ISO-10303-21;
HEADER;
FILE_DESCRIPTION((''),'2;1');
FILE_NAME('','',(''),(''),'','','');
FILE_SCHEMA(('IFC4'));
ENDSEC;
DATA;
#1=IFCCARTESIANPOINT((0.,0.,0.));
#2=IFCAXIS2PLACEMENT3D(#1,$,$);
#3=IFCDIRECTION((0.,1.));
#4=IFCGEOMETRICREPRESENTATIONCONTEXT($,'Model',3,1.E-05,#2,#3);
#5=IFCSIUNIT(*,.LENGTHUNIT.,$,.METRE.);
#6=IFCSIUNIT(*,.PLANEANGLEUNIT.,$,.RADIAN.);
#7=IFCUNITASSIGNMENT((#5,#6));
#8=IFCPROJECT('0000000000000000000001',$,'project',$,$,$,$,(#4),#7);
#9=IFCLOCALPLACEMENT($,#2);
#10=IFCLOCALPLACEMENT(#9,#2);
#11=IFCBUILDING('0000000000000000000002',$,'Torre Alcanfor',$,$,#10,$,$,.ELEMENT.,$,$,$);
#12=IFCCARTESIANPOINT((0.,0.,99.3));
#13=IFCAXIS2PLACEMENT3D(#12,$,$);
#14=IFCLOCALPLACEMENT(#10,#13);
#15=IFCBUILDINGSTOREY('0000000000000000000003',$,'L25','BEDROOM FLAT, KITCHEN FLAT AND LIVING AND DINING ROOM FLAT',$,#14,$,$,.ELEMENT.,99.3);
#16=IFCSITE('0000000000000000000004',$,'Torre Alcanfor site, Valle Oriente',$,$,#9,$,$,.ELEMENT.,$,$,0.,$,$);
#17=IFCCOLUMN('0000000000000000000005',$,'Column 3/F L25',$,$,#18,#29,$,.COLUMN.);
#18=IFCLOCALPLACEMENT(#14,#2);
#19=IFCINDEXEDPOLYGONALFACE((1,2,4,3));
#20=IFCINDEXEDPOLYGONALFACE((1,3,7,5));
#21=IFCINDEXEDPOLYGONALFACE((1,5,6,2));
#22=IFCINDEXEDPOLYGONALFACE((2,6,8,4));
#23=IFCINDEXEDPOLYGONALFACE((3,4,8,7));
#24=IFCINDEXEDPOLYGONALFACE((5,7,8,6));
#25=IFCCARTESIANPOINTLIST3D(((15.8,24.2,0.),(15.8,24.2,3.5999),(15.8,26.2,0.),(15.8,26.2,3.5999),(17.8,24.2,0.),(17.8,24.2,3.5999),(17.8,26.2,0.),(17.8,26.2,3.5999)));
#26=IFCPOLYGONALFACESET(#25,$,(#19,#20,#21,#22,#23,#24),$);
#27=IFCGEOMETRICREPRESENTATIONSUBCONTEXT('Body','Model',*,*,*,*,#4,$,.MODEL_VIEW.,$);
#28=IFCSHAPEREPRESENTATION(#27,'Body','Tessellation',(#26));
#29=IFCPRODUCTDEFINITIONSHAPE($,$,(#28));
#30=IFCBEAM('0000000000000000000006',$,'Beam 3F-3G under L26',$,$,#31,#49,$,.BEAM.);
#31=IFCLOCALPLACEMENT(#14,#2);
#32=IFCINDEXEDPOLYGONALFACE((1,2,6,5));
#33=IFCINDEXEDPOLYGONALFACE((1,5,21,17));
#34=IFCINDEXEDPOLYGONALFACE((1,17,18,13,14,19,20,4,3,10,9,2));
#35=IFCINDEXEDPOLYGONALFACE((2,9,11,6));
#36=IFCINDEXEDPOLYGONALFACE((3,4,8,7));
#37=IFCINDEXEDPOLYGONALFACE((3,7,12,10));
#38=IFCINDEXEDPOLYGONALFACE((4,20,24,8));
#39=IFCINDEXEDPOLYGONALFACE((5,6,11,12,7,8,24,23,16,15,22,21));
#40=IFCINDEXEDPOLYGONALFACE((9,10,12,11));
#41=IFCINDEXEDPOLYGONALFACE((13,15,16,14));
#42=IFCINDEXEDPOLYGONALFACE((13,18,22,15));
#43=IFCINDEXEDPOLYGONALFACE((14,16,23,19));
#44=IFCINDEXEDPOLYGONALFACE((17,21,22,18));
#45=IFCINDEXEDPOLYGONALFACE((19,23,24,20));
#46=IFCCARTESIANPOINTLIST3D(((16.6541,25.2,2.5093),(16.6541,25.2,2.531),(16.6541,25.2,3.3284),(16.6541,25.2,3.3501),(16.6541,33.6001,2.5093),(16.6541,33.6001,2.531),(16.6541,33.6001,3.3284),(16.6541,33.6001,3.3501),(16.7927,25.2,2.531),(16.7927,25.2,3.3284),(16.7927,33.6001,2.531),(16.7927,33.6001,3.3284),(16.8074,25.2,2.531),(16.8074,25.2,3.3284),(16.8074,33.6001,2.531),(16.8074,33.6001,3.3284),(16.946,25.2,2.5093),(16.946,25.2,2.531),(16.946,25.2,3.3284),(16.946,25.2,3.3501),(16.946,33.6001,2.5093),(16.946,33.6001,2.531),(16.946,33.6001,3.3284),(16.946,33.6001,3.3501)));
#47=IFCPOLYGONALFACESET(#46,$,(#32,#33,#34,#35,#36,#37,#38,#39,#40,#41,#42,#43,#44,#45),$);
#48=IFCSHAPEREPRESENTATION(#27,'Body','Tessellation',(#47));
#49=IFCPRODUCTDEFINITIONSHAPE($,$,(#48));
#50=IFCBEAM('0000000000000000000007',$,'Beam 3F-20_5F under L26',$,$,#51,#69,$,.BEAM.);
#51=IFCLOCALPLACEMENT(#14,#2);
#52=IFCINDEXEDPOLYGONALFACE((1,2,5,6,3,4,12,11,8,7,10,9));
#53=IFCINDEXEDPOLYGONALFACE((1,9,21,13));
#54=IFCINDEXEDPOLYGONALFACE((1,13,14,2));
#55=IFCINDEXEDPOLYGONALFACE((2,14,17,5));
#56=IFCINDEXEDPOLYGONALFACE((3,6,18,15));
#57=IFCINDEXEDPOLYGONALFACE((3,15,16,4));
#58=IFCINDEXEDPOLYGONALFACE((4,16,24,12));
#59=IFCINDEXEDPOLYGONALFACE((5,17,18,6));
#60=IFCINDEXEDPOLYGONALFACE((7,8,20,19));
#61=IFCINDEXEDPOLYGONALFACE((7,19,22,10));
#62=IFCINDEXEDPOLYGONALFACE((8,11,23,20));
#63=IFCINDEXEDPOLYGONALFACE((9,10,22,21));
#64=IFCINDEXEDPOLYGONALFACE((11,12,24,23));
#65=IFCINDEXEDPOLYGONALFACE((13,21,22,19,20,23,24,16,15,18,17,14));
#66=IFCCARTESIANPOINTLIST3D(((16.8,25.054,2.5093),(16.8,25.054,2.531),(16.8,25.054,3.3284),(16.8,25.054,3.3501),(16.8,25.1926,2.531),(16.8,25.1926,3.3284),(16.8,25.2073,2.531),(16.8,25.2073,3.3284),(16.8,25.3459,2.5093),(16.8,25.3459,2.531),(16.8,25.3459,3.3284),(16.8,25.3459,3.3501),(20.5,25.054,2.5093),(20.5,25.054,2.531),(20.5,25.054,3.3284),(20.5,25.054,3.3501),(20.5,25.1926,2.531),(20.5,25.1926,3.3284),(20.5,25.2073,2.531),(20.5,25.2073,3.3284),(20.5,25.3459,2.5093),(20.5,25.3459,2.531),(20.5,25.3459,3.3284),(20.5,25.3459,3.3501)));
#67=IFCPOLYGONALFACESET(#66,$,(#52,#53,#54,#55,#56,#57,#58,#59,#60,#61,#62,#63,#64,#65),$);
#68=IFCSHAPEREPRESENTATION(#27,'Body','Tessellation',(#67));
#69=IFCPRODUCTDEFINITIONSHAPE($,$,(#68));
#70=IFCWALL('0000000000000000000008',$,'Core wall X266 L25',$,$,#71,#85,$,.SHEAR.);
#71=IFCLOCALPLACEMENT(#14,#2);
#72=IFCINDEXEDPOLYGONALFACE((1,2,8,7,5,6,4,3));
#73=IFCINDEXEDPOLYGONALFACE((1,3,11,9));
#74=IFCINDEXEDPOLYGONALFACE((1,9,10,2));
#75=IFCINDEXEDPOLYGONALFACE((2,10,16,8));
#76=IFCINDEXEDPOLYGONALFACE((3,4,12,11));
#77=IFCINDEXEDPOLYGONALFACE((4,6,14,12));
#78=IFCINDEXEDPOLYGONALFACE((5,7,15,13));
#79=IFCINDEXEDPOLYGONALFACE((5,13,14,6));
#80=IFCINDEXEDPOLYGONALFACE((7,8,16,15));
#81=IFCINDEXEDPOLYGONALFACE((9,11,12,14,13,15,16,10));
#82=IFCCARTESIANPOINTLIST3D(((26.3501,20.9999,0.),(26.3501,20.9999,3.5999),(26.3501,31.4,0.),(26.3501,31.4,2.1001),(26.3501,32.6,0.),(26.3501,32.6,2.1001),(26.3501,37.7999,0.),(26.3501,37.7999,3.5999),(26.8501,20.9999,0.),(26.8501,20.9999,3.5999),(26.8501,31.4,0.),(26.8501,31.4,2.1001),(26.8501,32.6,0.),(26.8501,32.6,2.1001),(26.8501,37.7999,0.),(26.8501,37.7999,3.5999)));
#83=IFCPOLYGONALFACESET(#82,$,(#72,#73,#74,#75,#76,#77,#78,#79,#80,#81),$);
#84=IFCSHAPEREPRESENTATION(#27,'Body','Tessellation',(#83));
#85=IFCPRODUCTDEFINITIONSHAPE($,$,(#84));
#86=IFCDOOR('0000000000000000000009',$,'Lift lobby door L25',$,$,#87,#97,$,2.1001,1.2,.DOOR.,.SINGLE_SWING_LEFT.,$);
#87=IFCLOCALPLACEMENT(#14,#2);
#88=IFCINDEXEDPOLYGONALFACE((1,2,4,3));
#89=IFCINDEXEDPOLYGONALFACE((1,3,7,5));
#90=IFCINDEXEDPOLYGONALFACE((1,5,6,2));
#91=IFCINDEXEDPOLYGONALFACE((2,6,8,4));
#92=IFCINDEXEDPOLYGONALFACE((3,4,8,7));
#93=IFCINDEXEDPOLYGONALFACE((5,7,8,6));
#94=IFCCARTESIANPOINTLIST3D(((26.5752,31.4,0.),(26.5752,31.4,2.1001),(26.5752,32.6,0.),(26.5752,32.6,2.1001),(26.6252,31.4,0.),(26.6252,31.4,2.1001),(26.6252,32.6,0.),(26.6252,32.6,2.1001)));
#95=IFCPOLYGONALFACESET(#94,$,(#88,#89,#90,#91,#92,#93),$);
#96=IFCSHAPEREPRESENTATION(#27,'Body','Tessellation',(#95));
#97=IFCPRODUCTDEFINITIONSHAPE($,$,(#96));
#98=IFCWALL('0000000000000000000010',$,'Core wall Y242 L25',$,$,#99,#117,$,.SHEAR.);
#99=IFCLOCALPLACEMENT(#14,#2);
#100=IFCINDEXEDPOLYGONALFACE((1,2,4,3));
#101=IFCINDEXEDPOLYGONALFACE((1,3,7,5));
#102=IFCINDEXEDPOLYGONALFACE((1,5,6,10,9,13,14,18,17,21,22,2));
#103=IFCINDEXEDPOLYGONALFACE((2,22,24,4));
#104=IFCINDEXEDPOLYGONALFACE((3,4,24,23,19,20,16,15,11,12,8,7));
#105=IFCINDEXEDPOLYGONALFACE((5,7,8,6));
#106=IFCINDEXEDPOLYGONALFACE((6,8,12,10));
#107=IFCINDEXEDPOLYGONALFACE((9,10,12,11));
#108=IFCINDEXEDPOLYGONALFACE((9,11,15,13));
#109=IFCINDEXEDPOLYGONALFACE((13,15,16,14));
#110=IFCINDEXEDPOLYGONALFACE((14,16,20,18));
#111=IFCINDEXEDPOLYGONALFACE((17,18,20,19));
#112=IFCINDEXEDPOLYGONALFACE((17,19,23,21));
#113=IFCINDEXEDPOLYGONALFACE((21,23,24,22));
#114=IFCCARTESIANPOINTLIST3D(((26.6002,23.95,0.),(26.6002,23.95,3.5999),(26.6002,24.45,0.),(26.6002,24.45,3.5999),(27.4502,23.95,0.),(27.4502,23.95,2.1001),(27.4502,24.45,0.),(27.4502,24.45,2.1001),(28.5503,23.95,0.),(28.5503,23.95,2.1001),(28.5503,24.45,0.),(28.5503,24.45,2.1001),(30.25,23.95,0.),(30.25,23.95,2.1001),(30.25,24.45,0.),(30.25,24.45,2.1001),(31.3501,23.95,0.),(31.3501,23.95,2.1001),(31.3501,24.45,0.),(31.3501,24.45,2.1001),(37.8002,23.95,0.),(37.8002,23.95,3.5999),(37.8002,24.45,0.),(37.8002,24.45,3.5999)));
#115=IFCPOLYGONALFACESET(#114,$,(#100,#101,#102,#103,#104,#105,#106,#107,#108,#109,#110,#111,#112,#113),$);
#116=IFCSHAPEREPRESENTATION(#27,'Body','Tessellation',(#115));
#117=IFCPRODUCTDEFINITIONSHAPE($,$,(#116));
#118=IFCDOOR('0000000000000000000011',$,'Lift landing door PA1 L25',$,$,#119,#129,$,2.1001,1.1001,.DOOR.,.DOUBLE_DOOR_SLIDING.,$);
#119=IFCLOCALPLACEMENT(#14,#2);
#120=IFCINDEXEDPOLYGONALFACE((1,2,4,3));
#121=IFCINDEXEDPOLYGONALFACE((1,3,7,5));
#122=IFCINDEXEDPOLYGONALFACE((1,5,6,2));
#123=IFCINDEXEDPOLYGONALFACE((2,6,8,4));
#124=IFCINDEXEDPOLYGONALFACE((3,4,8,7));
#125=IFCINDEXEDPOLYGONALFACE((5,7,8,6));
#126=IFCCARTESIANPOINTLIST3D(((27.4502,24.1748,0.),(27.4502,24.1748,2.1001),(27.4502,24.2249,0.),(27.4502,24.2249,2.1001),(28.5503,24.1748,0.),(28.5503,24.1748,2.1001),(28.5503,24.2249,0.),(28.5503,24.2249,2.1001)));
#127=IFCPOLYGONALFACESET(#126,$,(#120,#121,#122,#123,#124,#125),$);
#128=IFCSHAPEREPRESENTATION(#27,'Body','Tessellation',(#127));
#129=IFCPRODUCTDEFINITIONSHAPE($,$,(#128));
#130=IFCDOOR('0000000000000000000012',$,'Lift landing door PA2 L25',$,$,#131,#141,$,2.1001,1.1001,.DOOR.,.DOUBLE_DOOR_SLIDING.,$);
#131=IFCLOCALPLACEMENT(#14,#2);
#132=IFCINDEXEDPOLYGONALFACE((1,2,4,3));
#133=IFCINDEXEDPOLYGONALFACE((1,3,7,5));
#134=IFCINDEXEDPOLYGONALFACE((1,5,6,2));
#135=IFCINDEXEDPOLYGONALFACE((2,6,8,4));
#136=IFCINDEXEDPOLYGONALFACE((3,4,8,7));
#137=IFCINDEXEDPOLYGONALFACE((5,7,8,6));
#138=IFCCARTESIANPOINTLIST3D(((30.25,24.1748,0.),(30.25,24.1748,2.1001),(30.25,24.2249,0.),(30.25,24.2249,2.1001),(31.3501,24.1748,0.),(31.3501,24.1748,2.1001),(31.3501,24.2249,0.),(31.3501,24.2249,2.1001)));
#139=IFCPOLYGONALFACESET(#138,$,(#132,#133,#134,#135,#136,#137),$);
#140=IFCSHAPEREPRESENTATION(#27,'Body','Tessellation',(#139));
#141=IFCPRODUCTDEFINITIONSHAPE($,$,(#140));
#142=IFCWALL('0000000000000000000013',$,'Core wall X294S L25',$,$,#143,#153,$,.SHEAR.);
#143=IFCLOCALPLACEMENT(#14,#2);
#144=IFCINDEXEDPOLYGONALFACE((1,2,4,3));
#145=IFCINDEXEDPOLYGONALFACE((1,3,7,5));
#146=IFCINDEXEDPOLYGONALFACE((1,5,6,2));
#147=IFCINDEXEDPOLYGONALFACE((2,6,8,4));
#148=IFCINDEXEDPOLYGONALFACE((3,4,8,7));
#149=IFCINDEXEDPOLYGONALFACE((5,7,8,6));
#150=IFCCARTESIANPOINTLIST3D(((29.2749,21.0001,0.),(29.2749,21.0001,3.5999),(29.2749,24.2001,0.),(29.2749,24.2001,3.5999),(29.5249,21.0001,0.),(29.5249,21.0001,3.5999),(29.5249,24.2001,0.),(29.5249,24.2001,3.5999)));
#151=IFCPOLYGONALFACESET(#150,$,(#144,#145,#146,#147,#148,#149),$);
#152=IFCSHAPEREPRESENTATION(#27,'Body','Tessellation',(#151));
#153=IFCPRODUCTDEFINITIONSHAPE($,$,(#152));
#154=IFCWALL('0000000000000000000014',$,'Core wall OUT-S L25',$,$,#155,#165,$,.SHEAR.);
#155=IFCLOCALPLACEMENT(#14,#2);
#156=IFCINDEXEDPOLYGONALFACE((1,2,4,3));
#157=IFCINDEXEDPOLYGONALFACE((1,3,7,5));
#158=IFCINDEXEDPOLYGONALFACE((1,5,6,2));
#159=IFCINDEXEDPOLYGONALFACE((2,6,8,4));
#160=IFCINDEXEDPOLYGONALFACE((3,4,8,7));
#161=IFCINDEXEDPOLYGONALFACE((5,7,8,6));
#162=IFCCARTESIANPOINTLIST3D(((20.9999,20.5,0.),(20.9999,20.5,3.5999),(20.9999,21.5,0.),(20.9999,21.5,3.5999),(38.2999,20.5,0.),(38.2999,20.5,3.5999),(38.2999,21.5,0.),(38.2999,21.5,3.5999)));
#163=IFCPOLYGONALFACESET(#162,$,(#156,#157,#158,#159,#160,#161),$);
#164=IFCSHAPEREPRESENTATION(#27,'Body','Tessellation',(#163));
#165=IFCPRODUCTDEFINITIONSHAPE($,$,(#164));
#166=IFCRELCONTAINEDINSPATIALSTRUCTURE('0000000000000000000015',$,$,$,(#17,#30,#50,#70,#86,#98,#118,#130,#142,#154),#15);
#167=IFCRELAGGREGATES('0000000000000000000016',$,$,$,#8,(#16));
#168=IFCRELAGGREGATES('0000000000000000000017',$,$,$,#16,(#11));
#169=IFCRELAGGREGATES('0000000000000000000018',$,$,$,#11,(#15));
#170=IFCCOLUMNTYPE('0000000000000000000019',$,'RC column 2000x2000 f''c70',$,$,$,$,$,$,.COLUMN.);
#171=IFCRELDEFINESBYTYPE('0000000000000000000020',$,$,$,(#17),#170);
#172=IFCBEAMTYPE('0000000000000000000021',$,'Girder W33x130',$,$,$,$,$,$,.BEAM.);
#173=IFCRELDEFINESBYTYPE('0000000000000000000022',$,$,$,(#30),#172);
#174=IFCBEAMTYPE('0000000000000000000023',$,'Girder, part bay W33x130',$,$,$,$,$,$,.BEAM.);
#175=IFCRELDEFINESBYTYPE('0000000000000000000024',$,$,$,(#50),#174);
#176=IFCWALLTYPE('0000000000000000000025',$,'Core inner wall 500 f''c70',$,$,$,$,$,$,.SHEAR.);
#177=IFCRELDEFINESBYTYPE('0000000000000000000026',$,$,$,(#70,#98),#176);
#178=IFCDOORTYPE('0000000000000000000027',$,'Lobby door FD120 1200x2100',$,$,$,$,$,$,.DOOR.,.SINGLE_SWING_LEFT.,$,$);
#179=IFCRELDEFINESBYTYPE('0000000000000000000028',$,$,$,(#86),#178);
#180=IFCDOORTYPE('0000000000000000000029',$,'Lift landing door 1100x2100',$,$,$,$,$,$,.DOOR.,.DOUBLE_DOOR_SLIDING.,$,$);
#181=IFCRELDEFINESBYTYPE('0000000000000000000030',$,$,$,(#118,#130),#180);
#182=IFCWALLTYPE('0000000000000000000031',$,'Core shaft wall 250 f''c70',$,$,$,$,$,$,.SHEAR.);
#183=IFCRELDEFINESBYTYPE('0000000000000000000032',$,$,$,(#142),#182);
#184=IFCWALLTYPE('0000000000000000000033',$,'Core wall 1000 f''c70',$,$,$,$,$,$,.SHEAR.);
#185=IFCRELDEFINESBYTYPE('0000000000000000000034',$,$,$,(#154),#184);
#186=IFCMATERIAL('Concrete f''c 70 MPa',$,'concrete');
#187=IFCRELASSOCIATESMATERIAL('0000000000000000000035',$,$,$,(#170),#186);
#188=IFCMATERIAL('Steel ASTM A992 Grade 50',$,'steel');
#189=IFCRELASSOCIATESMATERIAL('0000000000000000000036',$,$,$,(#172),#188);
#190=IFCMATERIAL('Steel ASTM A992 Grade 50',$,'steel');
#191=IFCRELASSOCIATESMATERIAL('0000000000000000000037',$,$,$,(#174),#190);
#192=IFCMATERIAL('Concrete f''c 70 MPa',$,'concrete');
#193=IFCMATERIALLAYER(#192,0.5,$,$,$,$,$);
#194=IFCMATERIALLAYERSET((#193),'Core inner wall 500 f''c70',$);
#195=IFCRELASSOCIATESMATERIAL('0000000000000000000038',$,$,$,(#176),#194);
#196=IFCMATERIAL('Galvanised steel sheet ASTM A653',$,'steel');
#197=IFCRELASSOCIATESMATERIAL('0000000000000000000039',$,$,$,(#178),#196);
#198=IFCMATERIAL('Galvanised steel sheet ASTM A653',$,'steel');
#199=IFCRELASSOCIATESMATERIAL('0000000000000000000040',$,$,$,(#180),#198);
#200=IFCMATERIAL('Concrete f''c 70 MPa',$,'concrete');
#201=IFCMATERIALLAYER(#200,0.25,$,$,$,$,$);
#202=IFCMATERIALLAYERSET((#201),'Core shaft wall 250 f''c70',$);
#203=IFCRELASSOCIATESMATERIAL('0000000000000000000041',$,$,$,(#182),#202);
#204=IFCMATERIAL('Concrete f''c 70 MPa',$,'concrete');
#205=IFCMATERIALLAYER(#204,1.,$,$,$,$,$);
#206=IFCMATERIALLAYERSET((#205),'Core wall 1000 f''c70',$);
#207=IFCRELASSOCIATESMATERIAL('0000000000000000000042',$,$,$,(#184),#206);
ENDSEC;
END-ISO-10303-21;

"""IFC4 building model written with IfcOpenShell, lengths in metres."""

from ifc_helpers import new_model, si_unit, direction, frame, frame_2d, origin, origin_2d, place, context, subcontext, project, spatial, rectangle, i_section, extrude, material, layer, layer_set, material_profile, profile_set, type_object, element, fill, save


model = new_model("IFC4")

# Units and contexts
model_context = context("Model", 3, precision=1e-05, world=origin(), true_north=direction((0.0, 1.0)))
body_context = subcontext(model_context, "Body", "Model", "MODEL_VIEW")
ifc_project = project(units=[si_unit("LENGTHUNIT", "METRE"), si_unit("PLANEANGLEUNIT", "RADIAN")], contexts=[model_context])

# Site, building, storey
site_placement = place(None, origin())
site = spatial("IfcSite", under=ifc_project, at=site_placement, Name="Torre Alcanfor site, Valle Oriente", CompositionType="ELEMENT", RefElevation=0.0)
building_placement = place(site_placement, origin())
building = spatial("IfcBuilding", under=site, at=building_placement, Name="Torre Alcanfor", CompositionType="ELEMENT")
storey_placement = place(building_placement, frame((0.0, 0.0, 99.3)))
storey = spatial("IfcBuildingStorey", under=building, at=storey_placement, Name="L25", Description="BEDROOM FLAT, KITCHEN FLAT AND LIVING AND DINING ROOM FLAT", CompositionType="ELEMENT", Elevation=99.3)

# Column
ifc_material_1 = material(Name="Concrete f'c 70 MPa", Category="concrete")
ifc_material_profile_1 = material_profile(ifc_material_1, rectangle(XDim=2.0, YDim=2.0, at=origin_2d()), Name="2000x2000")
ifc_profile_set_1 = profile_set([ifc_material_profile_1], Name="Concrete f'c 70 MPa")
column_type = type_object("IfcColumnType", Name="RC column 2000x2000 f'c70", PredefinedType="COLUMN", material=ifc_profile_set_1)
column_placement = place(storey_placement, frame((16.8, 25.2, 0.0), z_axis=(0.0, 0.0, 1.0), x_axis=(1.0, 0.0, 0.0)))
element("IfcColumn", 1, at=column_placement, inside=storey, type_object=column_type, Name="Column 3/F L25", PredefinedType="COLUMN", context=body_context, shape_type="SweptSolid", body=[
    extrude(rectangle(XDim=2.0, YDim=2.0, at=origin_2d()), origin(), (0.0, 0.0, 1.0), 3.5999),
])

# Beams
ifc_material_2 = material(Name="Steel ASTM A992 Grade 50", Category="steel")
ifc_material_profile_2 = material_profile(ifc_material_2, i_section(OverallWidth=0.292, OverallDepth=0.8408, WebThickness=0.0146, FlangeThickness=0.0217, at=origin_2d()), Name="W33x130")
ifc_profile_set_2 = profile_set([ifc_material_profile_2], Name="Steel ASTM A992 Grade 50")
beam_type_1 = type_object("IfcBeamType", Name="Girder W33x130", PredefinedType="BEAM", material=ifc_profile_set_2)
beam_1_placement = place(storey_placement, frame((16.8, 25.2, 2.9297), z_axis=(0.0, 1.0, 0.0), x_axis=(-1.0, 0.0, 0.0)))
element("IfcBeam", 2, at=beam_1_placement, inside=storey, type_object=beam_type_1, Name="Beam 3F-3G under L26", PredefinedType="BEAM", context=body_context, shape_type="SweptSolid", body=[
    extrude(i_section(OverallWidth=0.292, OverallDepth=0.8408, WebThickness=0.0146, FlangeThickness=0.0217, at=origin_2d()), origin(), (0.0, 0.0, 1.0), 8.4001),
])
ifc_material_3 = material(Name="Steel ASTM A992 Grade 50", Category="steel")
ifc_material_profile_3 = material_profile(ifc_material_3, i_section(OverallWidth=0.292, OverallDepth=0.8408, WebThickness=0.0146, FlangeThickness=0.0217, at=origin_2d()), Name="W33x130")
ifc_profile_set_3 = profile_set([ifc_material_profile_3], Name="Steel ASTM A992 Grade 50")
beam_type_2 = type_object("IfcBeamType", Name="Girder, part bay W33x130", PredefinedType="BEAM", material=ifc_profile_set_3)
beam_2_placement = place(storey_placement, frame((16.8, 25.2, 2.9297), z_axis=(1.0, 0.0, 0.0), x_axis=(0.0, 1.0, 0.0)))
element("IfcBeam", 3, at=beam_2_placement, inside=storey, type_object=beam_type_2, Name="Beam 3F-20_5F under L26", PredefinedType="BEAM", context=body_context, shape_type="SweptSolid", body=[
    extrude(i_section(OverallWidth=0.292, OverallDepth=0.8408, WebThickness=0.0146, FlangeThickness=0.0217, at=origin_2d()), origin(), (0.0, 0.0, 1.0), 3.7),
])

# Wall, opening, door
ifc_material_4 = material(Name="Concrete f'c 70 MPa", Category="concrete")
ifc_layer_1 = layer(ifc_material_4, 0.5)
ifc_layer_set_1 = layer_set([ifc_layer_1], Name="Core inner wall 500 f'c70")
wall_type_1 = type_object("IfcWallType", Name="Core inner wall 500 f'c70", PredefinedType="SHEAR", material=ifc_layer_set_1)
wall_1_placement = place(storey_placement, frame((26.6001, 21.0, 0.0), z_axis=(0.0, 0.0, 1.0), x_axis=(0.0, 1.0, 0.0)))
wall_1 = element("IfcWall", 4, at=wall_1_placement, inside=storey, type_object=wall_type_1, Name="Core wall X266 L25", PredefinedType="SHEAR", context=body_context, shape_type="SweptSolid", body=[
    extrude(rectangle(XDim=16.8, YDim=0.5, at=frame_2d((8.3999, 0.0))), origin(), (0.0, 0.0, 1.0), 3.5999),
])
opening_1_placement = place(wall_1_placement, frame((10.3999, 0.0, 0.0)))
opening_1 = element("IfcOpeningElement", 5, at=opening_1_placement, cuts=wall_1, PredefinedType="OPENING", context=body_context, shape_type="SweptSolid", body=[
    extrude(rectangle(XDim=1.2, YDim=2.1001, at=frame_2d((0.6001, 1.05))), frame((0.0, 0.26, 0.0), z_axis=(0.0, -1.0, 0.0), x_axis=(1.0, 0.0, 0.0)), (0.0, 0.0, 1.0), 0.52),
])
ifc_material_5 = material(Name="Galvanised steel sheet ASTM A653", Category="steel")
door_type_1 = type_object("IfcDoorType", Name="Lobby door FD120 1200x2100", OperationType="SINGLE_SWING_LEFT", PredefinedType="DOOR", material=ifc_material_5)
door_1_placement = place(opening_1_placement, origin())
door_1 = element("IfcDoor", 6, at=door_1_placement, inside=storey, type_object=door_type_1, Name="Lift lobby door L25", OperationType="SINGLE_SWING_LEFT", OverallHeight=2.1001, OverallWidth=1.2, PredefinedType="DOOR", context=body_context, shape_type="SweptSolid", body=[
    extrude(rectangle(XDim=1.2, YDim=2.1001, at=frame_2d((0.6001, 1.05))), frame((0.0, 0.0249, 0.0), z_axis=(0.0, -1.0, 0.0), x_axis=(1.0, 0.0, 0.0)), (0.0, 0.0, 1.0), 0.05),
])
fill(opening_1, door_1)

# Wall, openings, doors
wall_2_placement = place(storey_placement, frame((26.6001, 24.2, 0.0), z_axis=(0.0, 0.0, 1.0), x_axis=(1.0, 0.0, 0.0)))
wall_2 = element("IfcWall", 7, at=wall_2_placement, inside=storey, type_object=wall_type_1, Name="Core wall Y242 L25", PredefinedType="SHEAR", context=body_context, shape_type="SweptSolid", body=[
    extrude(rectangle(XDim=11.2, YDim=0.5, at=frame_2d((5.6001, 0.0))), origin(), (0.0, 0.0, 1.0), 3.5999),
])
opening_2_placement = place(wall_2_placement, frame((0.8501, 0.0, 0.0)))
opening_2 = element("IfcOpeningElement", 8, at=opening_2_placement, cuts=wall_2, PredefinedType="OPENING", context=body_context, shape_type="SweptSolid", body=[
    extrude(rectangle(XDim=1.1001, YDim=2.1001, at=frame_2d((0.55, 1.05))), frame((0.0, 0.26, 0.0), z_axis=(0.0, -1.0, 0.0), x_axis=(1.0, 0.0, 0.0)), (0.0, 0.0, 1.0), 0.52),
])
opening_3_placement = place(wall_2_placement, frame((3.6499, 0.0, 0.0)))
opening_3 = element("IfcOpeningElement", 9, at=opening_3_placement, cuts=wall_2, PredefinedType="OPENING", context=body_context, shape_type="SweptSolid", body=[
    extrude(rectangle(XDim=1.1001, YDim=2.1001, at=frame_2d((0.55, 1.05))), frame((0.0, 0.26, 0.0), z_axis=(0.0, -1.0, 0.0), x_axis=(1.0, 0.0, 0.0)), (0.0, 0.0, 1.0), 0.52),
])
ifc_material_6 = material(Name="Galvanised steel sheet ASTM A653", Category="steel")
door_type_2 = type_object("IfcDoorType", Name="Lift landing door 1100x2100", OperationType="DOUBLE_DOOR_SLIDING", PredefinedType="DOOR", material=ifc_material_6)
door_2_placement = place(opening_2_placement, origin())
door_2 = element("IfcDoor", 10, at=door_2_placement, inside=storey, type_object=door_type_2, Name="Lift landing door PA1 L25", OperationType="DOUBLE_DOOR_SLIDING", OverallHeight=2.1001, OverallWidth=1.1001, PredefinedType="DOOR", context=body_context, shape_type="SweptSolid", body=[
    extrude(rectangle(XDim=1.1001, YDim=2.1001, at=frame_2d((0.55, 1.05))), frame((0.0, 0.0249, 0.0), z_axis=(0.0, -1.0, 0.0), x_axis=(1.0, 0.0, 0.0)), (0.0, 0.0, 1.0), 0.05),
])
fill(opening_2, door_2)
door_3_placement = place(opening_3_placement, origin())
door_3 = element("IfcDoor", 11, at=door_3_placement, inside=storey, type_object=door_type_2, Name="Lift landing door PA2 L25", OperationType="DOUBLE_DOOR_SLIDING", OverallHeight=2.1001, OverallWidth=1.1001, PredefinedType="DOOR", context=body_context, shape_type="SweptSolid", body=[
    extrude(rectangle(XDim=1.1001, YDim=2.1001, at=frame_2d((0.55, 1.05))), frame((0.0, 0.0249, 0.0), z_axis=(0.0, -1.0, 0.0), x_axis=(1.0, 0.0, 0.0)), (0.0, 0.0, 1.0), 0.05),
])
fill(opening_3, door_3)

# Walls
ifc_material_7 = material(Name="Concrete f'c 70 MPa", Category="concrete")
ifc_layer_2 = layer(ifc_material_7, 0.25)
ifc_layer_set_2 = layer_set([ifc_layer_2], Name="Core shaft wall 250 f'c70")
wall_type_2 = type_object("IfcWallType", Name="Core shaft wall 250 f'c70", PredefinedType="SHEAR", material=ifc_layer_set_2)
wall_3_placement = place(storey_placement, frame((29.3999, 21.0, 0.0), z_axis=(0.0, 0.0, 1.0), x_axis=(0.0, 1.0, 0.0)))
element("IfcWall", 12, at=wall_3_placement, inside=storey, type_object=wall_type_2, Name="Core wall X294S L25", PredefinedType="SHEAR", context=body_context, shape_type="SweptSolid", body=[
    extrude(rectangle(XDim=3.2, YDim=0.25, at=frame_2d((1.6001, 0.0))), origin(), (0.0, 0.0, 1.0), 3.5999),
])
ifc_material_8 = material(Name="Concrete f'c 70 MPa", Category="concrete")
ifc_layer_3 = layer(ifc_material_8, 1.0)
ifc_layer_set_3 = layer_set([ifc_layer_3], Name="Core wall 1000 f'c70")
wall_type_3 = type_object("IfcWallType", Name="Core wall 1000 f'c70", PredefinedType="SHEAR", material=ifc_layer_set_3)
wall_4_placement = place(storey_placement, frame((21.0, 21.0, 0.0), z_axis=(0.0, 0.0, 1.0), x_axis=(1.0, 0.0, 0.0)))
element("IfcWall", 13, at=wall_4_placement, inside=storey, type_object=wall_type_3, Name="Core wall OUT-S L25", PredefinedType="SHEAR", context=body_context, shape_type="SweptSolid", body=[
    extrude(rectangle(XDim=17.3, YDim=1.0, at=frame_2d((8.6499, 0.0))), origin(), (0.0, 0.0, 1.0), 3.5999),
])

save(model, "model.ifc")
